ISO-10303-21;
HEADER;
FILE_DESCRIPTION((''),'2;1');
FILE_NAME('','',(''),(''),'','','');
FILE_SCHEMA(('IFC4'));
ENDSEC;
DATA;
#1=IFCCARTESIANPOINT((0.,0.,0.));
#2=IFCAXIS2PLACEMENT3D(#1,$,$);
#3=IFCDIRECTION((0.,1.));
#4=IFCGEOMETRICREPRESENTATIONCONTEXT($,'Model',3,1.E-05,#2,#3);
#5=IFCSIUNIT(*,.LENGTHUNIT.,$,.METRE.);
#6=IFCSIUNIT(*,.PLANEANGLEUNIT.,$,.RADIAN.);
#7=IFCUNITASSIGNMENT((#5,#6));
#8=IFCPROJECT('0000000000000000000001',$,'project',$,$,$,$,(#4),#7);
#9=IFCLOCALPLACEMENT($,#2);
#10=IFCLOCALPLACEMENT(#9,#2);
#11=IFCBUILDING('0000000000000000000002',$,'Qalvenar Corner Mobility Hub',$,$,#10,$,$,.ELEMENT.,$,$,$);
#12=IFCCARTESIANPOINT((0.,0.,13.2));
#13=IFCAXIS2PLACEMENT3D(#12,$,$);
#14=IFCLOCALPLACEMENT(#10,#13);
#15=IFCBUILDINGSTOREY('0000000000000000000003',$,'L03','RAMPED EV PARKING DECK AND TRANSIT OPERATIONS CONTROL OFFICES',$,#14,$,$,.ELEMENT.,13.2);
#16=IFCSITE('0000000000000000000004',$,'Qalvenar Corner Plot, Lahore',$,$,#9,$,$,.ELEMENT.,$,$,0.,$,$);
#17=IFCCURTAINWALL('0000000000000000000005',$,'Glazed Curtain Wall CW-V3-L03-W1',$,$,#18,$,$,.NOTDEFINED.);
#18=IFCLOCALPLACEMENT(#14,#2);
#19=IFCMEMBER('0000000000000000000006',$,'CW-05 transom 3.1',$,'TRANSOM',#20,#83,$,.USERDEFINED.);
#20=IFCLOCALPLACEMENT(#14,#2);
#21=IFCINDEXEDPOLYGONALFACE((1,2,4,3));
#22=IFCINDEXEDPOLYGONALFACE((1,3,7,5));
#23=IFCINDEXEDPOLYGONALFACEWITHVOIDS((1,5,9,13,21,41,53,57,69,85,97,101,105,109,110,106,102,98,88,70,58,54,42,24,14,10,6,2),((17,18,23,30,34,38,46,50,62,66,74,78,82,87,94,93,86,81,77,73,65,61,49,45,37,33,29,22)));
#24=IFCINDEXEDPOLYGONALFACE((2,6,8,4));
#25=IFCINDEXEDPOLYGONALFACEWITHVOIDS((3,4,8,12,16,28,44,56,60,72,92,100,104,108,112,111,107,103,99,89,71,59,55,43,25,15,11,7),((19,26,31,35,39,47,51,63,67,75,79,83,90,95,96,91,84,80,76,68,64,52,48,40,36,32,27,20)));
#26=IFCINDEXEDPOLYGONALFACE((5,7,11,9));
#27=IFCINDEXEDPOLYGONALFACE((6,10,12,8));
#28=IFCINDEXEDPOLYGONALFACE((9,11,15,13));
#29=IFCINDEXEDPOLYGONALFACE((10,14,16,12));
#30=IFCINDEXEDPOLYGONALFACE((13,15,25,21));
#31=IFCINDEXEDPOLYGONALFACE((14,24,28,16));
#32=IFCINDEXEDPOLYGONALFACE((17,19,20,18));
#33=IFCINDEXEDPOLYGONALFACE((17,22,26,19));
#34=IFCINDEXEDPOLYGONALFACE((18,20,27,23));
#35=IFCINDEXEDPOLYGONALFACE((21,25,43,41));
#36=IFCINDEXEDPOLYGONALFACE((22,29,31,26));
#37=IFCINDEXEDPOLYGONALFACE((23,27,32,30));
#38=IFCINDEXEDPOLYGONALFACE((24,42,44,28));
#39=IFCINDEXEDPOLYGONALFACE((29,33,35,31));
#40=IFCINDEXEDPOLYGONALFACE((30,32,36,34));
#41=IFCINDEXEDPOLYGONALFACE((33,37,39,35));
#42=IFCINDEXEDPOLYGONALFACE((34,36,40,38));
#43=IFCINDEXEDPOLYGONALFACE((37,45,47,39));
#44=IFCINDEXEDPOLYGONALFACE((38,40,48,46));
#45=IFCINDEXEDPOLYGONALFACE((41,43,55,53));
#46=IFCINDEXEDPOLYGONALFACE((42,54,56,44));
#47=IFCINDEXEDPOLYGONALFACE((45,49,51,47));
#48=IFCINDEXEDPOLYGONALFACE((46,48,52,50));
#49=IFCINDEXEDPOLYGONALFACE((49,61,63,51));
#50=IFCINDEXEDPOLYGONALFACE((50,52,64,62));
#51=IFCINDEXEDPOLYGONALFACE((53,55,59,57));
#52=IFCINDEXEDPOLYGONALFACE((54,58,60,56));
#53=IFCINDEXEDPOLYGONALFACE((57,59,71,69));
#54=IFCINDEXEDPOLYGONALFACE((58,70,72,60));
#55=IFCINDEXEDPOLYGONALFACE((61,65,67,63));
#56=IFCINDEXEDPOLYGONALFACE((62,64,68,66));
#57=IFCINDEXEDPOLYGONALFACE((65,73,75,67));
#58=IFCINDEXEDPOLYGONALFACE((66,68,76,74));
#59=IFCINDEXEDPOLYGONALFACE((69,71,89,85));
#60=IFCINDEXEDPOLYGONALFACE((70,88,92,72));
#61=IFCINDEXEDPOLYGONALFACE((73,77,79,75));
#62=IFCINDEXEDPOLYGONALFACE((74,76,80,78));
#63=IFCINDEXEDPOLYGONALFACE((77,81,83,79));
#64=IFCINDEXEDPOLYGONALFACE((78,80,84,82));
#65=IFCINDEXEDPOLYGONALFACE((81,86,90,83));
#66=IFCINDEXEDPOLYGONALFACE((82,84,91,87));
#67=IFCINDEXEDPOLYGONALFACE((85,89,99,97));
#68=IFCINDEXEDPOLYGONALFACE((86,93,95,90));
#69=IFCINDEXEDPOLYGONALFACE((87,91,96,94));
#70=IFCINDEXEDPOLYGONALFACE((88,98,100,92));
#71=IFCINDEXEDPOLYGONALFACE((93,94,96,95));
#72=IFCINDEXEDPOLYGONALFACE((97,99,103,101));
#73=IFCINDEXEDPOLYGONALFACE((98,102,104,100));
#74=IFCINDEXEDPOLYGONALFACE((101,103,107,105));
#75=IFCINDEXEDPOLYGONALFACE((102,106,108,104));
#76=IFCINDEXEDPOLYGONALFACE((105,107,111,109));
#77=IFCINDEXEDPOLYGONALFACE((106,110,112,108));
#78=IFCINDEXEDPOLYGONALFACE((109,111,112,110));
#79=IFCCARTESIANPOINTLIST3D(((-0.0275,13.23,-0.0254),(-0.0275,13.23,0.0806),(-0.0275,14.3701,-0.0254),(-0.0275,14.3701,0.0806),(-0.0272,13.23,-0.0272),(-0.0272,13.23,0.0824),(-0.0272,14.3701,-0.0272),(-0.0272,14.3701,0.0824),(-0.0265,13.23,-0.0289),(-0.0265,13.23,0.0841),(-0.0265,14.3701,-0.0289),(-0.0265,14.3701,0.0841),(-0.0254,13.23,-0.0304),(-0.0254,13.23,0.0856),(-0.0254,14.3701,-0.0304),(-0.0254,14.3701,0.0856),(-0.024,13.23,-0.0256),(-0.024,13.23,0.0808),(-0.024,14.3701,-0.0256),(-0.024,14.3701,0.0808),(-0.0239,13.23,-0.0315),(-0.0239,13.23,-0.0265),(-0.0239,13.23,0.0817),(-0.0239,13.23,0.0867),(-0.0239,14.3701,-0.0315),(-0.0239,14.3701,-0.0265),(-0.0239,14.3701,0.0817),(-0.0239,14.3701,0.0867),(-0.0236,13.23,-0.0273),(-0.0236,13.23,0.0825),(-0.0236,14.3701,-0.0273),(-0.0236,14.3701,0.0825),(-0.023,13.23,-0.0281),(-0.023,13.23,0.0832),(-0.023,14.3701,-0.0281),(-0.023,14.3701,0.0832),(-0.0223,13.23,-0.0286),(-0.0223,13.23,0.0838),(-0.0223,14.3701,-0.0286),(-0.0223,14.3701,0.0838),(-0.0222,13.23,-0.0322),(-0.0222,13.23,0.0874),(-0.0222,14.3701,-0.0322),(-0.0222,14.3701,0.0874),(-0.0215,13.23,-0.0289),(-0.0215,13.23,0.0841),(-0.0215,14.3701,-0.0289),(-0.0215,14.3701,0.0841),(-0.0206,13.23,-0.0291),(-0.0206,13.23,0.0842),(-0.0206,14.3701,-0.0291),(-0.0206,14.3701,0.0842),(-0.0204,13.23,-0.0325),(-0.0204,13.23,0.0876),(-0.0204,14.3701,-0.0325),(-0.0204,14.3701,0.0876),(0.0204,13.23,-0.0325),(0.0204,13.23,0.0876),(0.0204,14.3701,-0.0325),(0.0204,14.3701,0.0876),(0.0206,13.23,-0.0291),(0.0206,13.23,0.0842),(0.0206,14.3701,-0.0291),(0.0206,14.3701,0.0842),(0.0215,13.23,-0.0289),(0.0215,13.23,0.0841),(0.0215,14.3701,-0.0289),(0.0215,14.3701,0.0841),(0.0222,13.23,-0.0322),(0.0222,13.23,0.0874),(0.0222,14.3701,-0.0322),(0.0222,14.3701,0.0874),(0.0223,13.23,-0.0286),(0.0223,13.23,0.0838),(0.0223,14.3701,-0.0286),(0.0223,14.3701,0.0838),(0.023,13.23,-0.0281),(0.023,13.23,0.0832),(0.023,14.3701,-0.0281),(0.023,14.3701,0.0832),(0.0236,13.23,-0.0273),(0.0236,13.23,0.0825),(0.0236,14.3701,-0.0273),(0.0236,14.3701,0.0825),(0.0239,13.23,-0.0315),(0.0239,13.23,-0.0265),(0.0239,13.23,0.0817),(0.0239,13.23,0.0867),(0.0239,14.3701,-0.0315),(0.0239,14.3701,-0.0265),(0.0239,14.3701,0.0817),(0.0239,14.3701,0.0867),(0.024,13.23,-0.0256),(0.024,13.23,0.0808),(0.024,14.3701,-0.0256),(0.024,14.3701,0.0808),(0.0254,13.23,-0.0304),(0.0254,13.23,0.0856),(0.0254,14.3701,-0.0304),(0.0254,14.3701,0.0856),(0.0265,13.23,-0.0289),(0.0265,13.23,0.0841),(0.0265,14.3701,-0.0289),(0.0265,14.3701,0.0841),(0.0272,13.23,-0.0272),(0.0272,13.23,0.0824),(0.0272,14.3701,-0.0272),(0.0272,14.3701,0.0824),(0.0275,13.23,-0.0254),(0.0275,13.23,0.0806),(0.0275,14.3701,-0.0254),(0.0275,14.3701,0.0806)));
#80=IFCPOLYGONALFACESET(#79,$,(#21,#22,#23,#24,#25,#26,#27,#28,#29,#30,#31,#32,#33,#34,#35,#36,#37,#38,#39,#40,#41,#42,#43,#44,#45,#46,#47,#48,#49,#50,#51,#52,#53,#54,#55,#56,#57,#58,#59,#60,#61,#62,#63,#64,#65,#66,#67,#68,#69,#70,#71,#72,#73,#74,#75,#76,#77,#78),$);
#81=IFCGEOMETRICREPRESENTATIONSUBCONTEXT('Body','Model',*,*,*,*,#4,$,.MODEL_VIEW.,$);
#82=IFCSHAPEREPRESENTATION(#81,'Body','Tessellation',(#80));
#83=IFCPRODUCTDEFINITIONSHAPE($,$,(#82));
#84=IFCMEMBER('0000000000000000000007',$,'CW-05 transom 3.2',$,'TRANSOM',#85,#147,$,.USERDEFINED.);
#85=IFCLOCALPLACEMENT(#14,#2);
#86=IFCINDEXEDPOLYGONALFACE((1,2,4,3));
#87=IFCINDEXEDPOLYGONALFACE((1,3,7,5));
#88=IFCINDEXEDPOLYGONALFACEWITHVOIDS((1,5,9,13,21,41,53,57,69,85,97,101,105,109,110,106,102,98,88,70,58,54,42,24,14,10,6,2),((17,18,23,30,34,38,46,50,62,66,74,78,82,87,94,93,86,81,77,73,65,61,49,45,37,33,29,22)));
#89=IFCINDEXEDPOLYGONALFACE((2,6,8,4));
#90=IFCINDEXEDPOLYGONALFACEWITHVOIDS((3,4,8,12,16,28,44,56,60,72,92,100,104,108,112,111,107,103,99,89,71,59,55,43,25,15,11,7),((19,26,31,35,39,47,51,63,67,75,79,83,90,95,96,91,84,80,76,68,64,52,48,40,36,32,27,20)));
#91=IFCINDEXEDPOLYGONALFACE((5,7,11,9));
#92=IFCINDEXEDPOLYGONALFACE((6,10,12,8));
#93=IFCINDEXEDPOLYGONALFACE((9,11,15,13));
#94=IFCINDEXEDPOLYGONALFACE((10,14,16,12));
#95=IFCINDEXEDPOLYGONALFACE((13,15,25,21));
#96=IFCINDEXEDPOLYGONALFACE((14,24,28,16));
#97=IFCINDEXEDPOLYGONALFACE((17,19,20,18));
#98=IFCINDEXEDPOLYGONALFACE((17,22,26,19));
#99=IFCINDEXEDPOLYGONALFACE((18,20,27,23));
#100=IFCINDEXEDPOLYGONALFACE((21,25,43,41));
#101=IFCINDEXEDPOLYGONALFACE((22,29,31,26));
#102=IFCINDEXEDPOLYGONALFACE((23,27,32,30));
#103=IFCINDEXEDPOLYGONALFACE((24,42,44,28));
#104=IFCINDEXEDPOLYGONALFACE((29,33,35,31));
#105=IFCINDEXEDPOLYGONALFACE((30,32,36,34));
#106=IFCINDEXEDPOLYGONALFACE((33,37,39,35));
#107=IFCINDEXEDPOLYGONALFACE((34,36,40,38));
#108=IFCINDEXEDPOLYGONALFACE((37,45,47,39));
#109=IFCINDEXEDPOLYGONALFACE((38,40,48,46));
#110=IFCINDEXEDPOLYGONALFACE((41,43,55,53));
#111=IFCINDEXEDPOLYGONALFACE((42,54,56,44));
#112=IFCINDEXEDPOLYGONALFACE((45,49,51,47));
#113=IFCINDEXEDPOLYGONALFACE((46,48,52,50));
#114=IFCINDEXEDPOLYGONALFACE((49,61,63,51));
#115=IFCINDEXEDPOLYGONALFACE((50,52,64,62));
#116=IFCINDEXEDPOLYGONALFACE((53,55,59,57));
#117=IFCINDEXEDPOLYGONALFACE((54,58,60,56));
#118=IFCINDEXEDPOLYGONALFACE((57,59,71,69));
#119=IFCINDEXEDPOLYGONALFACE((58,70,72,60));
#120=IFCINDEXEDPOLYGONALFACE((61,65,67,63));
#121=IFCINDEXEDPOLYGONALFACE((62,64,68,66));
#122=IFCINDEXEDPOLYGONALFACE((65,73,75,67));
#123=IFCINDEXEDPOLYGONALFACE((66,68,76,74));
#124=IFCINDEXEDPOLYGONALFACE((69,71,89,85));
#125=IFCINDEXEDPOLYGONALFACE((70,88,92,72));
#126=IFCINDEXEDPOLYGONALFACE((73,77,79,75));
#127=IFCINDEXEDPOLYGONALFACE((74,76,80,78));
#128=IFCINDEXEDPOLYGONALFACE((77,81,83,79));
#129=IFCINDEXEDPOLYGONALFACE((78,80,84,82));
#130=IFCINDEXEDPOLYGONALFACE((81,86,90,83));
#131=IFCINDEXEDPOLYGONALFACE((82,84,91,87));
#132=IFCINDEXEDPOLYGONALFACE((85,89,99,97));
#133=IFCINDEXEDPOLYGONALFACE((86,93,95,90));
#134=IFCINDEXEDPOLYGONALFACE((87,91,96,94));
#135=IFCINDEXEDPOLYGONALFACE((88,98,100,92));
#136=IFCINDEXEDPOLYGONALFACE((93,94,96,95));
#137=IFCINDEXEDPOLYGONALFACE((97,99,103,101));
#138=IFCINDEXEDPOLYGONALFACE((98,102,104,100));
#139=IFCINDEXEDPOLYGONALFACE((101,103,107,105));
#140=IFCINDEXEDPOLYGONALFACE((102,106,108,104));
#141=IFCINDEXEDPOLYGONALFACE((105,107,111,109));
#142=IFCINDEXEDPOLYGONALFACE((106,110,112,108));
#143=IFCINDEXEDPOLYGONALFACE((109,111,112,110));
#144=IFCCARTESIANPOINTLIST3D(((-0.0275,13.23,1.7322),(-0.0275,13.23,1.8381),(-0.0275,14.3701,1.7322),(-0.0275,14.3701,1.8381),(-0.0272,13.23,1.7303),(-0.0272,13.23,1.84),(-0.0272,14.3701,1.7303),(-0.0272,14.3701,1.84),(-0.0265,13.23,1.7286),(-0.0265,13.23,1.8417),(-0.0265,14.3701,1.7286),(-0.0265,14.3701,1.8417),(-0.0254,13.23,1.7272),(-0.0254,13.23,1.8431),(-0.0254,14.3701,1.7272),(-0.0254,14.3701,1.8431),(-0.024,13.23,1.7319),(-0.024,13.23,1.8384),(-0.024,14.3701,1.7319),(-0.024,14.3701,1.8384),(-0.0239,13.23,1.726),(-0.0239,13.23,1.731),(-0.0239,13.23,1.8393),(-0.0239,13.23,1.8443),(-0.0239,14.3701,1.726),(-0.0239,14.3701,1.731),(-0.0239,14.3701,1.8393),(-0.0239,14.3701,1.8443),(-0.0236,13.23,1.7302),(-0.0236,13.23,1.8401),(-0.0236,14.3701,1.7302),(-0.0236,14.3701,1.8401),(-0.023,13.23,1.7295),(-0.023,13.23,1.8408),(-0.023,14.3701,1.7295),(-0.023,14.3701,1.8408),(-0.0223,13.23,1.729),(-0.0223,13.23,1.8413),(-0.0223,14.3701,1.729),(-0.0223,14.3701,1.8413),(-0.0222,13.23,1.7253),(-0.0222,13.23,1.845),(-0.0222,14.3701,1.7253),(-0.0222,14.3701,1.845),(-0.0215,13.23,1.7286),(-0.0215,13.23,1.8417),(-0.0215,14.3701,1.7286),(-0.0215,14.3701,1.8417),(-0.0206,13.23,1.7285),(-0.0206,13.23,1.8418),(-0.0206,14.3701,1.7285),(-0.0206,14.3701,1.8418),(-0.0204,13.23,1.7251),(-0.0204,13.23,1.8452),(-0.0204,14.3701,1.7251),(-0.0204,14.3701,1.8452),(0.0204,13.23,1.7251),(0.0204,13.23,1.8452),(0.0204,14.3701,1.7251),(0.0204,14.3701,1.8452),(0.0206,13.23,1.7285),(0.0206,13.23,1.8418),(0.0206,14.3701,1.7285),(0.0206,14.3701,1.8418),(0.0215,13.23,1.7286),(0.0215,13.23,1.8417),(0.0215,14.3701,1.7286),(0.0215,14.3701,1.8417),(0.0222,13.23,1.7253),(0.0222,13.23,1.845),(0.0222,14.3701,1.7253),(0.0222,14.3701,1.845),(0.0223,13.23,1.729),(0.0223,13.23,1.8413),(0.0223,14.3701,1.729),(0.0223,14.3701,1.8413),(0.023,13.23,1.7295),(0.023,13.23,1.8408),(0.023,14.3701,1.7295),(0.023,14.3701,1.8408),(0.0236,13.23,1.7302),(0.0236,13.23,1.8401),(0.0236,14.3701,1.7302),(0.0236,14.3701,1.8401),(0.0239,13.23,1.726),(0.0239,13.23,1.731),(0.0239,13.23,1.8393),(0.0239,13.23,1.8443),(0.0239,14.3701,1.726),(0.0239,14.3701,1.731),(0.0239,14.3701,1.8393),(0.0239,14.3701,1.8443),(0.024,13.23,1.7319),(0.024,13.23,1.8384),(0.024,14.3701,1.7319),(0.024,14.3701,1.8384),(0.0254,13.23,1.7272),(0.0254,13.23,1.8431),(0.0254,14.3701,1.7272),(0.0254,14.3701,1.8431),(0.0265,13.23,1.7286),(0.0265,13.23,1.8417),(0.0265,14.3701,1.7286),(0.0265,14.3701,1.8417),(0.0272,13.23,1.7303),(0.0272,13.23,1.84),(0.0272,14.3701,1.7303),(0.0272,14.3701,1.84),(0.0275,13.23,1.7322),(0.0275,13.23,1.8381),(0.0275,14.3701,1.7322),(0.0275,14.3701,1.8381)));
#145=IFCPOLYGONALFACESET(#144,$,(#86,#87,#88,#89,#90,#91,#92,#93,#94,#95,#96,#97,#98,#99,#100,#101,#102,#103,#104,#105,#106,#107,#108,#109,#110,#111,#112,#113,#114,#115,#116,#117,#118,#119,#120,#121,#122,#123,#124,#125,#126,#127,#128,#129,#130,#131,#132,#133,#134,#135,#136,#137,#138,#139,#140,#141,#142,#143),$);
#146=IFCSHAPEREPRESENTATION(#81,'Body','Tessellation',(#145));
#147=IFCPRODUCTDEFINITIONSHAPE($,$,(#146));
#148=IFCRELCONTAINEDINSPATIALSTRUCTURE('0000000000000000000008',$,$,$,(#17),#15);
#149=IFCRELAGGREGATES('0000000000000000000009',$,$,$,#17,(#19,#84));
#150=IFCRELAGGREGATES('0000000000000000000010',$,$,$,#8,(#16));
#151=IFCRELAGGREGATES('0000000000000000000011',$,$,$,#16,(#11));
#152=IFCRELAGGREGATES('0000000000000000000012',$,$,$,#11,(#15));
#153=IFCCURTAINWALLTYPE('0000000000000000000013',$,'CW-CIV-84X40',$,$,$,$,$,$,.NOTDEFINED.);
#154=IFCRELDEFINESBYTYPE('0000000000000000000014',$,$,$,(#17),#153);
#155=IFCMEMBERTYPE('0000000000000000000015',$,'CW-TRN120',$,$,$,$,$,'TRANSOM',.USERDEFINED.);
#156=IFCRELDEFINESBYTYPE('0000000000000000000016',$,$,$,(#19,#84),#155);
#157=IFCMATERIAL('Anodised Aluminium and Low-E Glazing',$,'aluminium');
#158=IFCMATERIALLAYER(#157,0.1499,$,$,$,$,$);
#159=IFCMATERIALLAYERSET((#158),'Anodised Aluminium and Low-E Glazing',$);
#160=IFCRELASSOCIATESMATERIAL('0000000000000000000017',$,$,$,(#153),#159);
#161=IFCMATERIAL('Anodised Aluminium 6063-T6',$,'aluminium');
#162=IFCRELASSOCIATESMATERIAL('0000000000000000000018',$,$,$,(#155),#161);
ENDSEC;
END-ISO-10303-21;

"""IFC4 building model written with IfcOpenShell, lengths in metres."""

from ifc_helpers import new_model, si_unit, direction, frame, origin, origin_2d, place, context, subcontext, project, spatial, hollow_rectangle, extrude, material, layer, layer_set, material_profile, profile_set, type_object, element, aggregate, save


model = new_model("IFC4")

# Units and contexts
model_context = context("Model", 3, precision=1e-05, world=origin(), true_north=direction((0.0, 1.0)))
body_context = subcontext(model_context, "Body", "Model", "MODEL_VIEW")
ifc_project = project(units=[si_unit("LENGTHUNIT", "METRE"), si_unit("PLANEANGLEUNIT", "RADIAN")], contexts=[model_context])

# Site, building, storey
site_placement = place(None, origin())
site = spatial("IfcSite", under=ifc_project, at=site_placement, Name="Qalvenar Corner Plot, Lahore", CompositionType="ELEMENT", RefElevation=0.0)
building_placement = place(site_placement, origin())
building = spatial("IfcBuilding", under=site, at=building_placement, Name="Qalvenar Corner Mobility Hub", CompositionType="ELEMENT")
storey_placement = place(building_placement, frame((0.0, 0.0, 13.2)))
storey = spatial("IfcBuildingStorey", under=building, at=storey_placement, Name="L03", Description="RAMPED EV PARKING DECK AND TRANSIT OPERATIONS CONTROL OFFICES", CompositionType="ELEMENT", Elevation=13.2)

# Curtain wall, members
ifc_material_1 = material(Name="Anodised Aluminium and Low-E Glazing", Category="aluminium")
ifc_layer_1 = layer(ifc_material_1, 0.1499)
ifc_layer_set_1 = layer_set([ifc_layer_1], Name="Anodised Aluminium and Low-E Glazing")
curtain_wall_type = type_object("IfcCurtainWallType", Name="CW-CIV-84X40", PredefinedType="NOTDEFINED", material=ifc_layer_set_1)
curtain_wall_placement = place(storey_placement, origin())
curtain_wall = element("IfcCurtainWall", 1, at=curtain_wall_placement, inside=storey, type_object=curtain_wall_type, Name="Glazed Curtain Wall CW-V3-L03-W1", PredefinedType="NOTDEFINED")
ifc_material_2 = material(Name="Anodised Aluminium 6063-T6", Category="aluminium")
ifc_material_profile_1 = material_profile(ifc_material_2, hollow_rectangle(XDim=0.0549, YDim=0.1201, WallThickness=0.0034, InnerFilletRadius=0.0034, OuterFilletRadius=0.0071, at=origin_2d()), Name="RHS120x55x3.5")
ifc_profile_set_1 = profile_set([ifc_material_profile_1], Name="Anodised Aluminium 6063-T6")
member_type_1 = type_object("IfcMemberType", Name="CW-TRN120", ElementType="TRANSOM", PredefinedType="USERDEFINED", material=ifc_profile_set_1)
member_1_placement = place(storey_placement, frame((0.0, 14.3701, 0.0276), z_axis=(0.0, -1.0, 0.0), x_axis=(1.0, 0.0, 0.0)))
member_1 = element("IfcMember", 2, at=member_1_placement, type_object=member_type_1, Name="CW-05 transom 3.1", ObjectType="TRANSOM", PredefinedType="USERDEFINED", context=body_context, shape_type="SweptSolid", body=[
    extrude(hollow_rectangle(XDim=0.0549, YDim=0.1201, WallThickness=0.0034, InnerFilletRadius=0.0034, OuterFilletRadius=0.0071, at=origin_2d()), origin(), (0.0, 0.0, 1.0), 1.1401),
])
member_2_placement = place(storey_placement, frame((0.0, 14.3701, 1.7852), z_axis=(0.0, -1.0, 0.0), x_axis=(1.0, 0.0, 0.0)))
member_2 = element("IfcMember", 3, at=member_2_placement, type_object=member_type_1, Name="CW-05 transom 3.2", ObjectType="TRANSOM", PredefinedType="USERDEFINED", context=body_context, shape_type="SweptSolid", body=[
    extrude(hollow_rectangle(XDim=0.0549, YDim=0.1201, WallThickness=0.0034, InnerFilletRadius=0.0034, OuterFilletRadius=0.0071, at=origin_2d()), origin(), (0.0, 0.0, 1.0), 1.1401),
])
aggregate(curtain_wall, [member_1, member_2])

save(model, "model.ifc")
